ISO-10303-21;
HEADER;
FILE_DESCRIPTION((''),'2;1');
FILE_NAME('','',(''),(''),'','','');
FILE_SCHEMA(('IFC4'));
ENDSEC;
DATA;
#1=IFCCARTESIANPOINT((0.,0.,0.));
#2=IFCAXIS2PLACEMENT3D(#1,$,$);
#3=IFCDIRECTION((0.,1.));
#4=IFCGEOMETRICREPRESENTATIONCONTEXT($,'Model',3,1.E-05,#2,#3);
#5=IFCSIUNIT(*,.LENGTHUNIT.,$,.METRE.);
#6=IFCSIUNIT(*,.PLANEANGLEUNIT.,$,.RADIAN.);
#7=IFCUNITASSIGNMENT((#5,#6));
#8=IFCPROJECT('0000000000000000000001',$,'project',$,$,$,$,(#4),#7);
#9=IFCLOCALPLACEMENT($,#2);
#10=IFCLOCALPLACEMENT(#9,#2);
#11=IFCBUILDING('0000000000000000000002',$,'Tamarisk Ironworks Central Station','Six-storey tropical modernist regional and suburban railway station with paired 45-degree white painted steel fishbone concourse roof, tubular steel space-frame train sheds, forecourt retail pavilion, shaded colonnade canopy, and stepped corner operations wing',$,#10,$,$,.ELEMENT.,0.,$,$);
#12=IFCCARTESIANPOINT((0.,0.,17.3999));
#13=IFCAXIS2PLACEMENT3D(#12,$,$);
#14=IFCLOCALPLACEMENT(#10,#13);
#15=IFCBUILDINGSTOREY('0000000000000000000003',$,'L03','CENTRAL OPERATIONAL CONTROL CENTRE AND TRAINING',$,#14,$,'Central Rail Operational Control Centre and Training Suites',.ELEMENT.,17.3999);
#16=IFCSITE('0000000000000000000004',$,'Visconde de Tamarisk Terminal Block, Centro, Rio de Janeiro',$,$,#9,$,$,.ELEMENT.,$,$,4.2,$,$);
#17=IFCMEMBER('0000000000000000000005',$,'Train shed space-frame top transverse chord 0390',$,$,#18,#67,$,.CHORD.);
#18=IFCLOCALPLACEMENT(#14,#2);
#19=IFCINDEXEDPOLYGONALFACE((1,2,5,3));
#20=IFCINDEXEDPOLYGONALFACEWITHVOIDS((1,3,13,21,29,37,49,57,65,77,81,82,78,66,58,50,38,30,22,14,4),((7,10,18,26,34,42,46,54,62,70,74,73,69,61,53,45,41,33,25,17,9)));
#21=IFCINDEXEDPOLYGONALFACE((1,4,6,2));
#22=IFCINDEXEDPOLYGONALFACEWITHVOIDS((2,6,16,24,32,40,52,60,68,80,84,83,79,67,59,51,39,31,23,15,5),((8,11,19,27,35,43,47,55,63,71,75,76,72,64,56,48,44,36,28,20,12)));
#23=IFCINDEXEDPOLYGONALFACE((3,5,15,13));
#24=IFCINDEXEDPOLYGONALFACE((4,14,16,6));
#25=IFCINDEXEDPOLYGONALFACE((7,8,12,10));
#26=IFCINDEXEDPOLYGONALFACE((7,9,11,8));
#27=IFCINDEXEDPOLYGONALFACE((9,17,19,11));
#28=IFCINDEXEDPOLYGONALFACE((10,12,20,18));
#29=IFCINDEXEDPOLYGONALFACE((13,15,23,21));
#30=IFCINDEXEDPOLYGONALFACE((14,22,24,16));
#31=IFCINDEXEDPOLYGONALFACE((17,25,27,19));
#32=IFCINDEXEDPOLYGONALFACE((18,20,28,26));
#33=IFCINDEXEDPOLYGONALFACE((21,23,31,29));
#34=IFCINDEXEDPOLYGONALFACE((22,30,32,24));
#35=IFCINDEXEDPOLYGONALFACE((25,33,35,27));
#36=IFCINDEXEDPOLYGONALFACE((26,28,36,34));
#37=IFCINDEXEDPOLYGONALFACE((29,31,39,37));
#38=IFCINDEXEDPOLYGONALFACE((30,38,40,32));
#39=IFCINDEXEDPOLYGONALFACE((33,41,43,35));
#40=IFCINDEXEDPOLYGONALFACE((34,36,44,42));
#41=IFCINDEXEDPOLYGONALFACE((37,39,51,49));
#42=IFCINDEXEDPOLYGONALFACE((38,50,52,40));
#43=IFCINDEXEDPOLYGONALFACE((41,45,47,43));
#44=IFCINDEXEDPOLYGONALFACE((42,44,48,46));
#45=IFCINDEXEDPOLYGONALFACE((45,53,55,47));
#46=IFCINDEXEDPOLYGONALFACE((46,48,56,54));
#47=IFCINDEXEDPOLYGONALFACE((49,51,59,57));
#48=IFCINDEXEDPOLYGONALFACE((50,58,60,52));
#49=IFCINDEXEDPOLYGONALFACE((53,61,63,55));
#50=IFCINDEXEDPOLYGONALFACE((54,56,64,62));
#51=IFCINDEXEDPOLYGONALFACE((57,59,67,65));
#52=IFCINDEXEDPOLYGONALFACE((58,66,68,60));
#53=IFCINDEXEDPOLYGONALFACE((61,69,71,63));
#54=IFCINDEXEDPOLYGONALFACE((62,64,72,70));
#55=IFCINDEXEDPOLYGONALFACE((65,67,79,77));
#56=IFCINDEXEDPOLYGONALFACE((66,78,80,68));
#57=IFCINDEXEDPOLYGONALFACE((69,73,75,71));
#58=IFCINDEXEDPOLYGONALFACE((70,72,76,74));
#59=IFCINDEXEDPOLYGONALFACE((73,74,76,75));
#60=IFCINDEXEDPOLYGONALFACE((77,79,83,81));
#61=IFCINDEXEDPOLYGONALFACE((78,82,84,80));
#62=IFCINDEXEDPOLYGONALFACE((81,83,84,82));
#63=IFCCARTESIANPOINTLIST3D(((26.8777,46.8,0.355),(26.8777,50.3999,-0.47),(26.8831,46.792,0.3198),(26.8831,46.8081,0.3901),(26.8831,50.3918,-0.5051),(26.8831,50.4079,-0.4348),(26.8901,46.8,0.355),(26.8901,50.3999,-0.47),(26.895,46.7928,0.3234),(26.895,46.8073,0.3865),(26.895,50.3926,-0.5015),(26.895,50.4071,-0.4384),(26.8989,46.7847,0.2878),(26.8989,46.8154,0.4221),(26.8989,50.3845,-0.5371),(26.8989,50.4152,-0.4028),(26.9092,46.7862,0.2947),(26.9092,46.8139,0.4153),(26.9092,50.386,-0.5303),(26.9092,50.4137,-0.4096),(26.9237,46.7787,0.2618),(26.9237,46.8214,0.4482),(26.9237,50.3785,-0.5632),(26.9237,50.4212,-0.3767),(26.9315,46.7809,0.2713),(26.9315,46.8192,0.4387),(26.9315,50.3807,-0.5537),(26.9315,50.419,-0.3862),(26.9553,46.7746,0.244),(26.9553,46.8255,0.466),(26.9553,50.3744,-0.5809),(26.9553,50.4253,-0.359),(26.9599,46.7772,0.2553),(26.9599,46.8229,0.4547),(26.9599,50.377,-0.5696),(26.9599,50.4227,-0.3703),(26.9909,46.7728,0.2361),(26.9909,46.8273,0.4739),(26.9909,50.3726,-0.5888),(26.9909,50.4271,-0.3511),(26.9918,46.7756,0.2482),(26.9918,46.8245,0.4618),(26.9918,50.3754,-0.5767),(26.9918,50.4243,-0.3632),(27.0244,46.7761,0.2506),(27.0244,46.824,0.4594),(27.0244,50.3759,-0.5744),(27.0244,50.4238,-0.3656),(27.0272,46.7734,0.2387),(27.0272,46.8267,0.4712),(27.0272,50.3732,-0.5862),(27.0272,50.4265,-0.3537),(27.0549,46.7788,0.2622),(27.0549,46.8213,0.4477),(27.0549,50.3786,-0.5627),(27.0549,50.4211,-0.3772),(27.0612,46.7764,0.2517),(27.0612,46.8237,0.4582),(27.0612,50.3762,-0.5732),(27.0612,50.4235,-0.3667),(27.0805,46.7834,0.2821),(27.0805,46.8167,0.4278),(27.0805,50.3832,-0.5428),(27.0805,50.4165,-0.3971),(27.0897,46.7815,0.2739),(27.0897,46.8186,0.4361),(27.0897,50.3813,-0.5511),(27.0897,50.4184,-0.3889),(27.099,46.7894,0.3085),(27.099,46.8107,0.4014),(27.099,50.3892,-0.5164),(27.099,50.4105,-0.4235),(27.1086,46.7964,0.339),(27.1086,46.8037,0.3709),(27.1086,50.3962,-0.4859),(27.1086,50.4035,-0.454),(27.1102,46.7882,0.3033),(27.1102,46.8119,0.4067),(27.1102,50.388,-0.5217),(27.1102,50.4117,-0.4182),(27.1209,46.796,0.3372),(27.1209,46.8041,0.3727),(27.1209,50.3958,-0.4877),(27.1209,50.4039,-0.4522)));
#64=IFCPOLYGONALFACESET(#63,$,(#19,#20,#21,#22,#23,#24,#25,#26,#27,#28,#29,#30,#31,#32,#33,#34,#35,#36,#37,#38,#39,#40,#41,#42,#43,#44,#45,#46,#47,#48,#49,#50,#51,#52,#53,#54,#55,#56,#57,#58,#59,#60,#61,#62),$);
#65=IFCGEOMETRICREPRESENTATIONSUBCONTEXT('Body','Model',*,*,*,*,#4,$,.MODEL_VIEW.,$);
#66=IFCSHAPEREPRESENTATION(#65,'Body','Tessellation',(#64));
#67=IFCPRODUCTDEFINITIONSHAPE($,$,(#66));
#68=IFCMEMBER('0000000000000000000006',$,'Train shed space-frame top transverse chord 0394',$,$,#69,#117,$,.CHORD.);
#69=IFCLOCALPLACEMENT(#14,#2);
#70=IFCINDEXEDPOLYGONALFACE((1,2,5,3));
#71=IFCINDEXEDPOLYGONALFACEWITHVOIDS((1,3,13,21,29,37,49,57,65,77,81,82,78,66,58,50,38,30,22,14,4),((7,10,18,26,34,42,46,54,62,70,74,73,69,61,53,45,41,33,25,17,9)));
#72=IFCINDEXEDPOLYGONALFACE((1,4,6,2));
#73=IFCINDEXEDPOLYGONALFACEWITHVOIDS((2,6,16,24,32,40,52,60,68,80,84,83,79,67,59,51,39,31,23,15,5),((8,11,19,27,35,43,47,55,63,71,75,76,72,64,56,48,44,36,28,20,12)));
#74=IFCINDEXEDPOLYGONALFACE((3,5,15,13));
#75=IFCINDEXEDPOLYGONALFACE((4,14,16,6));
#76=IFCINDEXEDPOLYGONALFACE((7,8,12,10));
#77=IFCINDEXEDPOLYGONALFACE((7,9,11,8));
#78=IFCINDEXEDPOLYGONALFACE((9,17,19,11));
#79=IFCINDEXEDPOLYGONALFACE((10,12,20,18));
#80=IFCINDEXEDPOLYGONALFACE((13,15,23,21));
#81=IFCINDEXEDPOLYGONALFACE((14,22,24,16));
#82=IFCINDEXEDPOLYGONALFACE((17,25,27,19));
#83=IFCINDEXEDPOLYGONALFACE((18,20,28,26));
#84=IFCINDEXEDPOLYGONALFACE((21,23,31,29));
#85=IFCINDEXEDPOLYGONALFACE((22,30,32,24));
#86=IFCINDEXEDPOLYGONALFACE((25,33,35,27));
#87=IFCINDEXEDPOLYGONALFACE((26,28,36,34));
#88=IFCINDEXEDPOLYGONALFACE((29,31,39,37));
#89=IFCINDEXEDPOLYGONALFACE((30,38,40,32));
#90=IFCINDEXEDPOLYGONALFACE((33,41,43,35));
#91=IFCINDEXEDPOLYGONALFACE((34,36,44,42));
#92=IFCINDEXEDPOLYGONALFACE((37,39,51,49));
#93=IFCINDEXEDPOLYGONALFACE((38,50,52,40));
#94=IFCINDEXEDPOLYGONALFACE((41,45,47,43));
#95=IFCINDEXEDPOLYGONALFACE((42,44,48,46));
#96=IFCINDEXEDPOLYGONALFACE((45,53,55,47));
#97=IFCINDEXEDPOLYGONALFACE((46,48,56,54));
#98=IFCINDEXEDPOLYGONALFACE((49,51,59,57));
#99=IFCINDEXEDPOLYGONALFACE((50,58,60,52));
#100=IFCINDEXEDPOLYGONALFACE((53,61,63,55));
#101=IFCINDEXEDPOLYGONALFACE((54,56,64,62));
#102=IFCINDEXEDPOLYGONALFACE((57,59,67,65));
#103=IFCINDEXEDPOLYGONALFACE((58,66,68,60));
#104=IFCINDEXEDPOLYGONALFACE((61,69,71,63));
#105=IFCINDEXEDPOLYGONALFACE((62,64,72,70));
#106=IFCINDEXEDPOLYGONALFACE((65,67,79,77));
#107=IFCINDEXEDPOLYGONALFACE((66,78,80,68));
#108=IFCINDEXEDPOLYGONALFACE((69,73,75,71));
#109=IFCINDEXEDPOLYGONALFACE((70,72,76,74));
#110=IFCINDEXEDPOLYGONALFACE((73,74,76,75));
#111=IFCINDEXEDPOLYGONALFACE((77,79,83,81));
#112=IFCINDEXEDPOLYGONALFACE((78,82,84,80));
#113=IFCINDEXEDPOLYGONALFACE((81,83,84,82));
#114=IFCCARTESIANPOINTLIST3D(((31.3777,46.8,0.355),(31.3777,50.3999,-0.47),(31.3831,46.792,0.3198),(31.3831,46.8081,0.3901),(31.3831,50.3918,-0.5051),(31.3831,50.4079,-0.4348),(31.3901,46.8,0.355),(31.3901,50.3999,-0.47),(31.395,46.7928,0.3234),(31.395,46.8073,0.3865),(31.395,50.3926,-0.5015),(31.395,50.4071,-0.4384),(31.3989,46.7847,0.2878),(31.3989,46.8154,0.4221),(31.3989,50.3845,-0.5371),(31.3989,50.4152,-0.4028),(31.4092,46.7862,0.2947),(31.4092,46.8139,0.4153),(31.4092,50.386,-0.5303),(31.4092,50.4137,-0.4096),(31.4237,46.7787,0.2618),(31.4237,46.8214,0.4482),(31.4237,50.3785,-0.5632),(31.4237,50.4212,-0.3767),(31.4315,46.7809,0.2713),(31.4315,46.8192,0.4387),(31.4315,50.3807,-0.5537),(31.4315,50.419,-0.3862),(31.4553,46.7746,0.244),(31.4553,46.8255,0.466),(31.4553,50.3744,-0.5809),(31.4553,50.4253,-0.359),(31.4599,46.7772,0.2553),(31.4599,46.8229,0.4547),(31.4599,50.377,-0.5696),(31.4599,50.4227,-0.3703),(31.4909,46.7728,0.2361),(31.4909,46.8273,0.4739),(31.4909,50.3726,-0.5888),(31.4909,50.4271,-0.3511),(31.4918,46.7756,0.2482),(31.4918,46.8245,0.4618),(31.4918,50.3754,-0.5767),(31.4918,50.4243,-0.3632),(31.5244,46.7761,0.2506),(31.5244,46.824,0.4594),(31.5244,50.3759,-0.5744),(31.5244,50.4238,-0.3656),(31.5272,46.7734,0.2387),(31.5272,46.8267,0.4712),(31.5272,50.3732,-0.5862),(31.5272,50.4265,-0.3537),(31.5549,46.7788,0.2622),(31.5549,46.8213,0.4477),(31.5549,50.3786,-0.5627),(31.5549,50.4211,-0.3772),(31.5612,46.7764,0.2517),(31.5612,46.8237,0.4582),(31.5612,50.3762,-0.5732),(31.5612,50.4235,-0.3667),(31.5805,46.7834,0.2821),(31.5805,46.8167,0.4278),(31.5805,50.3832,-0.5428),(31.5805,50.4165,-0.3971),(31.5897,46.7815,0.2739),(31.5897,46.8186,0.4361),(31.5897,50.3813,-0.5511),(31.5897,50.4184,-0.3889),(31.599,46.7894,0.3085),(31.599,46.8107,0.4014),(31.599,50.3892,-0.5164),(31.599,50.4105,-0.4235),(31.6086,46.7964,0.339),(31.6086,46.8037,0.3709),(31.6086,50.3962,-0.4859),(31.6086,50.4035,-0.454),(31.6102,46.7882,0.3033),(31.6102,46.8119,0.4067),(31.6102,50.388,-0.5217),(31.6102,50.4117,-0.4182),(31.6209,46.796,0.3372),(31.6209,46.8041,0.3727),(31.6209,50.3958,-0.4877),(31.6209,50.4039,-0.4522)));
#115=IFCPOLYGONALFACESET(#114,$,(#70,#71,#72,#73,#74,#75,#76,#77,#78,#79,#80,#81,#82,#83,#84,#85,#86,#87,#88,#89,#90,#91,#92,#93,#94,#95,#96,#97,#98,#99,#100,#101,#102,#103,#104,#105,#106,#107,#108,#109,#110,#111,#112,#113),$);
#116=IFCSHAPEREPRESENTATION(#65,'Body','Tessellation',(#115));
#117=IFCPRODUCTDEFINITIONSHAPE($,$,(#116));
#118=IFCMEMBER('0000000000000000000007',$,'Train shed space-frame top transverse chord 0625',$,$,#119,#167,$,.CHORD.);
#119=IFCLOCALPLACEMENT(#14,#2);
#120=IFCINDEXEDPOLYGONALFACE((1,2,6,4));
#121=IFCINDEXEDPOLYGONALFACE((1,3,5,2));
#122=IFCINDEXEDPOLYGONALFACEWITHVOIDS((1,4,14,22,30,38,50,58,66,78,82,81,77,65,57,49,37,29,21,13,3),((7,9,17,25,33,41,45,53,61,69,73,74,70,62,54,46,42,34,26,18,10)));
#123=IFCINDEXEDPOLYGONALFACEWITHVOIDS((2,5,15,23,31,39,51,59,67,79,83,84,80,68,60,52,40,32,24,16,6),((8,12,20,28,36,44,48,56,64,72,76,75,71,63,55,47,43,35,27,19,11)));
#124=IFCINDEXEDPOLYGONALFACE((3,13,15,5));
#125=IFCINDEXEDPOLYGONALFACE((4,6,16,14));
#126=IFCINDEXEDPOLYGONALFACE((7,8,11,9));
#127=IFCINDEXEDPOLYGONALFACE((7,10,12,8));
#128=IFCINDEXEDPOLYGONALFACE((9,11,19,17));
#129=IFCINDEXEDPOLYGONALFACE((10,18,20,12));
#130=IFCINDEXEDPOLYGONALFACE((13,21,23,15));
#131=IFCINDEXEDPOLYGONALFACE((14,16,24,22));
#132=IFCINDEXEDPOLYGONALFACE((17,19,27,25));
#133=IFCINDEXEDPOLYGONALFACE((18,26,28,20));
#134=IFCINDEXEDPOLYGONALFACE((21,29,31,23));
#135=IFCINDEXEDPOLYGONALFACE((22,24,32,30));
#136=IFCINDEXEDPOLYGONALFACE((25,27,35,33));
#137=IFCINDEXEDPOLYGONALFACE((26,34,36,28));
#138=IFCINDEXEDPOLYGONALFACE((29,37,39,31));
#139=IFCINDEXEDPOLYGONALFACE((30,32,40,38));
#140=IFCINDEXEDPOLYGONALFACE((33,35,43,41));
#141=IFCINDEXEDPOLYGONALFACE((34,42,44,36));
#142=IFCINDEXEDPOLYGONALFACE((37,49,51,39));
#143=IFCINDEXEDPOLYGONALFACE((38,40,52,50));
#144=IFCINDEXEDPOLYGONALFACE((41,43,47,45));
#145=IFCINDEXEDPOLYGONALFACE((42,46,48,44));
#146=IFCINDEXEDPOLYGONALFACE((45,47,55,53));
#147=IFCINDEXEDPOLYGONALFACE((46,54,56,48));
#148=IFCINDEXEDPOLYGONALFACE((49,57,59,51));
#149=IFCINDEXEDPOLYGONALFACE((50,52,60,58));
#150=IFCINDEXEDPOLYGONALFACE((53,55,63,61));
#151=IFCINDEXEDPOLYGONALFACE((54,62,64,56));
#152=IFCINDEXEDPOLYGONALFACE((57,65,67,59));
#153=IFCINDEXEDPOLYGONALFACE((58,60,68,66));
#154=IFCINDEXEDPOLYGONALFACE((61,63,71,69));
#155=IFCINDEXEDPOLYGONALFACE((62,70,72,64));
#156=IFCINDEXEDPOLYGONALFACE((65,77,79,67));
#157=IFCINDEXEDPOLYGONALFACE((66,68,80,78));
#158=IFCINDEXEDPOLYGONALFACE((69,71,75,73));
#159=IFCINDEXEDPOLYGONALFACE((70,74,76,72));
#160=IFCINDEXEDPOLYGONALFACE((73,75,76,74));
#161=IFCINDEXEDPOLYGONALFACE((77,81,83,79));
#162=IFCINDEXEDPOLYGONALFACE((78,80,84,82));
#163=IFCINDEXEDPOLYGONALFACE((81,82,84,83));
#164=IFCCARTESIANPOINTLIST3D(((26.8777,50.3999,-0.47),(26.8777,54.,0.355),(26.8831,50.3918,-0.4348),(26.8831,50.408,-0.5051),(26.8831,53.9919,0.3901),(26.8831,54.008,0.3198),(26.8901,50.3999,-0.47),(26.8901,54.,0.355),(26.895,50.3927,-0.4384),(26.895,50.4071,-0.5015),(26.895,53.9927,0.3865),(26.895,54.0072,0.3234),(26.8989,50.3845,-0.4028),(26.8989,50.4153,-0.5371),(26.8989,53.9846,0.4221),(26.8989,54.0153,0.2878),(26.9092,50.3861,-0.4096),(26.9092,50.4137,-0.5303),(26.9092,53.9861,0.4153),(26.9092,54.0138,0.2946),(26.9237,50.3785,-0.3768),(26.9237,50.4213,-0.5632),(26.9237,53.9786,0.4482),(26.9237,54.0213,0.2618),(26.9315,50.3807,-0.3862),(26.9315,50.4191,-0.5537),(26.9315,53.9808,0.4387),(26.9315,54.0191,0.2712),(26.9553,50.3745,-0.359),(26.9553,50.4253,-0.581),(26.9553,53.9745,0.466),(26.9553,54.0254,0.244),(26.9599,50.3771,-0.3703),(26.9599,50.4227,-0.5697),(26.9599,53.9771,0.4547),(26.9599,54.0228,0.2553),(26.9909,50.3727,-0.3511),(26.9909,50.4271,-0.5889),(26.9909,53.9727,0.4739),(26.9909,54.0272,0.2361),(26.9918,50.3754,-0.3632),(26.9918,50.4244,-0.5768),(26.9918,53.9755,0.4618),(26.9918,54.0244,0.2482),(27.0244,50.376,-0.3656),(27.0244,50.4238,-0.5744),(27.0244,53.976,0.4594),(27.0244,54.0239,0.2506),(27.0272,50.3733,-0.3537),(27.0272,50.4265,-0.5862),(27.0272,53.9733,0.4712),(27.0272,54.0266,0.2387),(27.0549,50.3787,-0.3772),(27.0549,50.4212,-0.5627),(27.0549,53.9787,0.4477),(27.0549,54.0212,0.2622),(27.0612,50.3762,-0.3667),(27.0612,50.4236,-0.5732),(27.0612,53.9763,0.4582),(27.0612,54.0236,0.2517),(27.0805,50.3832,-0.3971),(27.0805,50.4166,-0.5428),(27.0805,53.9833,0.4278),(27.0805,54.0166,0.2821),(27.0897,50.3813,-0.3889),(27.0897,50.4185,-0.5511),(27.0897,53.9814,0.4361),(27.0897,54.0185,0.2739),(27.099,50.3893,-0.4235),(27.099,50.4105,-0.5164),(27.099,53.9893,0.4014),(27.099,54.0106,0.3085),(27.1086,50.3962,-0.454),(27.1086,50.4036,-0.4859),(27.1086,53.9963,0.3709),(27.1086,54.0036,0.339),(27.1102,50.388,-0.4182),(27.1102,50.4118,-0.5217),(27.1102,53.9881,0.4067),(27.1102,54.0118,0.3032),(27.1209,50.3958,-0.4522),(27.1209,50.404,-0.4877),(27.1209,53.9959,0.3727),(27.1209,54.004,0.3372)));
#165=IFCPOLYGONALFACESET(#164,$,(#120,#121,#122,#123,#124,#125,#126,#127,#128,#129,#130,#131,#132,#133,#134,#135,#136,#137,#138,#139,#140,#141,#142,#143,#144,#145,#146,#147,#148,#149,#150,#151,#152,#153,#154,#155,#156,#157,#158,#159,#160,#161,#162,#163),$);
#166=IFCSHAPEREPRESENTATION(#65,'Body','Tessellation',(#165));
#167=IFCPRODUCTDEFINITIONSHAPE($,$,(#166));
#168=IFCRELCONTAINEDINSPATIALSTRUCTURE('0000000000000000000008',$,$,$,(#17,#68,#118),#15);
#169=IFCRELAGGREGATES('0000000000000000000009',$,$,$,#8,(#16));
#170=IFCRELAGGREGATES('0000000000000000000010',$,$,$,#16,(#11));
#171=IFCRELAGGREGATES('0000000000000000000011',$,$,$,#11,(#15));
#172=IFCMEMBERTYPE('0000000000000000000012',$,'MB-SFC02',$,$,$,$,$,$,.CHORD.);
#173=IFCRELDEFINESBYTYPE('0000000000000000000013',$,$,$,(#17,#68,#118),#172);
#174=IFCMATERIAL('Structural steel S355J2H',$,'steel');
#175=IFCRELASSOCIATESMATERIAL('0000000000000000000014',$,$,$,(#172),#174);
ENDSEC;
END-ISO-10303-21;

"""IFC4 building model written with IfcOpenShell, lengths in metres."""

from ifc_helpers import new_model, si_unit, direction, frame, origin, origin_2d, place, context, subcontext, project, spatial, hollow_circle, extrude, material, material_profile, profile_set, type_object, element, save


model = new_model("IFC4")

# Units and contexts
model_context = context("Model", 3, precision=1e-05, world=origin(), true_north=direction((0.0, 1.0)))
body_context = subcontext(model_context, "Body", "Model", "MODEL_VIEW")
ifc_project = project(units=[si_unit("LENGTHUNIT", "METRE"), si_unit("PLANEANGLEUNIT", "RADIAN")], contexts=[model_context])

# Site, building, storey
site_placement = place(None, origin())
site = spatial("IfcSite", under=ifc_project, at=site_placement, Name="Visconde de Tamarisk Terminal Block, Centro, Rio de Janeiro", CompositionType="ELEMENT", RefElevation=4.2)
building_placement = place(site_placement, origin())
building = spatial("IfcBuilding", under=site, at=building_placement, Name="Tamarisk Ironworks Central Station", Description="Six-storey tropical modernist regional and suburban railway station with paired 45-degree white painted steel fishbone concourse roof, tubular steel space-frame train sheds, forecourt retail pavilion, shaded colonnade canopy, and stepped corner operations wing", CompositionType="ELEMENT", ElevationOfRefHeight=0.0)
storey_placement = place(building_placement, frame((0.0, 0.0, 17.3999)))
storey = spatial("IfcBuildingStorey", under=building, at=storey_placement, Name="L03", Description="CENTRAL OPERATIONAL CONTROL CENTRE AND TRAINING", LongName="Central Rail Operational Control Centre and Training Suites", CompositionType="ELEMENT", Elevation=17.3999)

# Members
ifc_material_1 = material(Name="Structural steel S355J2H", Category="steel")
ifc_material_profile_1 = material_profile(ifc_material_1, hollow_circle(Radius=0.1223, WallThickness=0.0125, at=origin_2d()), Name="CHS 244.5x12.5")
ifc_profile_set_1 = profile_set([ifc_material_profile_1], Name="Structural steel S355J2H")
member_type_1 = type_object("IfcMemberType", Name="MB-SFC02", PredefinedType="CHORD", material=ifc_profile_set_1)
for number, where, z_axis, x_axis, name in (
    (1, (27.0, 46.8, 0.355), (0.0, 0.974733, -0.223372), (-1.0, 0.0, 0.0), "Train shed space-frame top transverse chord 0390"),
    (2, (31.5, 46.8, 0.355), (0.0, 0.974733, -0.223372), (-1.0, 0.0, 0.0), "Train shed space-frame top transverse chord 0394"),
):
    element("IfcMember", number, at=place(storey_placement, frame(where, z_axis=z_axis, x_axis=x_axis)), inside=storey, type_object=member_type_1, Name=name, PredefinedType="CHORD", context=body_context, shape_type="SweptSolid", body=[
        extrude(hollow_circle(Radius=0.1223, WallThickness=0.0125, at=origin_2d()), origin(), (0.0, 0.0, 1.0), 3.6931),
    ])
for number, where, z_axis, x_axis, name in (
    (3, (27.0, 50.3999, -0.47), (0.0, 0.974737, 0.223358), (-1.0, 0.0, 0.0), "Train shed space-frame top transverse chord 0625"),
):
    element("IfcMember", number, at=place(storey_placement, frame(where, z_axis=z_axis, x_axis=x_axis)), inside=storey, type_object=member_type_1, Name=name, PredefinedType="CHORD", context=body_context, shape_type="SweptSolid", body=[
        extrude(hollow_circle(Radius=0.1223, WallThickness=0.0125, at=origin_2d()), origin(), (0.0, 0.0, 1.0), 3.6934),
    ])

save(model, "model.ifc")
